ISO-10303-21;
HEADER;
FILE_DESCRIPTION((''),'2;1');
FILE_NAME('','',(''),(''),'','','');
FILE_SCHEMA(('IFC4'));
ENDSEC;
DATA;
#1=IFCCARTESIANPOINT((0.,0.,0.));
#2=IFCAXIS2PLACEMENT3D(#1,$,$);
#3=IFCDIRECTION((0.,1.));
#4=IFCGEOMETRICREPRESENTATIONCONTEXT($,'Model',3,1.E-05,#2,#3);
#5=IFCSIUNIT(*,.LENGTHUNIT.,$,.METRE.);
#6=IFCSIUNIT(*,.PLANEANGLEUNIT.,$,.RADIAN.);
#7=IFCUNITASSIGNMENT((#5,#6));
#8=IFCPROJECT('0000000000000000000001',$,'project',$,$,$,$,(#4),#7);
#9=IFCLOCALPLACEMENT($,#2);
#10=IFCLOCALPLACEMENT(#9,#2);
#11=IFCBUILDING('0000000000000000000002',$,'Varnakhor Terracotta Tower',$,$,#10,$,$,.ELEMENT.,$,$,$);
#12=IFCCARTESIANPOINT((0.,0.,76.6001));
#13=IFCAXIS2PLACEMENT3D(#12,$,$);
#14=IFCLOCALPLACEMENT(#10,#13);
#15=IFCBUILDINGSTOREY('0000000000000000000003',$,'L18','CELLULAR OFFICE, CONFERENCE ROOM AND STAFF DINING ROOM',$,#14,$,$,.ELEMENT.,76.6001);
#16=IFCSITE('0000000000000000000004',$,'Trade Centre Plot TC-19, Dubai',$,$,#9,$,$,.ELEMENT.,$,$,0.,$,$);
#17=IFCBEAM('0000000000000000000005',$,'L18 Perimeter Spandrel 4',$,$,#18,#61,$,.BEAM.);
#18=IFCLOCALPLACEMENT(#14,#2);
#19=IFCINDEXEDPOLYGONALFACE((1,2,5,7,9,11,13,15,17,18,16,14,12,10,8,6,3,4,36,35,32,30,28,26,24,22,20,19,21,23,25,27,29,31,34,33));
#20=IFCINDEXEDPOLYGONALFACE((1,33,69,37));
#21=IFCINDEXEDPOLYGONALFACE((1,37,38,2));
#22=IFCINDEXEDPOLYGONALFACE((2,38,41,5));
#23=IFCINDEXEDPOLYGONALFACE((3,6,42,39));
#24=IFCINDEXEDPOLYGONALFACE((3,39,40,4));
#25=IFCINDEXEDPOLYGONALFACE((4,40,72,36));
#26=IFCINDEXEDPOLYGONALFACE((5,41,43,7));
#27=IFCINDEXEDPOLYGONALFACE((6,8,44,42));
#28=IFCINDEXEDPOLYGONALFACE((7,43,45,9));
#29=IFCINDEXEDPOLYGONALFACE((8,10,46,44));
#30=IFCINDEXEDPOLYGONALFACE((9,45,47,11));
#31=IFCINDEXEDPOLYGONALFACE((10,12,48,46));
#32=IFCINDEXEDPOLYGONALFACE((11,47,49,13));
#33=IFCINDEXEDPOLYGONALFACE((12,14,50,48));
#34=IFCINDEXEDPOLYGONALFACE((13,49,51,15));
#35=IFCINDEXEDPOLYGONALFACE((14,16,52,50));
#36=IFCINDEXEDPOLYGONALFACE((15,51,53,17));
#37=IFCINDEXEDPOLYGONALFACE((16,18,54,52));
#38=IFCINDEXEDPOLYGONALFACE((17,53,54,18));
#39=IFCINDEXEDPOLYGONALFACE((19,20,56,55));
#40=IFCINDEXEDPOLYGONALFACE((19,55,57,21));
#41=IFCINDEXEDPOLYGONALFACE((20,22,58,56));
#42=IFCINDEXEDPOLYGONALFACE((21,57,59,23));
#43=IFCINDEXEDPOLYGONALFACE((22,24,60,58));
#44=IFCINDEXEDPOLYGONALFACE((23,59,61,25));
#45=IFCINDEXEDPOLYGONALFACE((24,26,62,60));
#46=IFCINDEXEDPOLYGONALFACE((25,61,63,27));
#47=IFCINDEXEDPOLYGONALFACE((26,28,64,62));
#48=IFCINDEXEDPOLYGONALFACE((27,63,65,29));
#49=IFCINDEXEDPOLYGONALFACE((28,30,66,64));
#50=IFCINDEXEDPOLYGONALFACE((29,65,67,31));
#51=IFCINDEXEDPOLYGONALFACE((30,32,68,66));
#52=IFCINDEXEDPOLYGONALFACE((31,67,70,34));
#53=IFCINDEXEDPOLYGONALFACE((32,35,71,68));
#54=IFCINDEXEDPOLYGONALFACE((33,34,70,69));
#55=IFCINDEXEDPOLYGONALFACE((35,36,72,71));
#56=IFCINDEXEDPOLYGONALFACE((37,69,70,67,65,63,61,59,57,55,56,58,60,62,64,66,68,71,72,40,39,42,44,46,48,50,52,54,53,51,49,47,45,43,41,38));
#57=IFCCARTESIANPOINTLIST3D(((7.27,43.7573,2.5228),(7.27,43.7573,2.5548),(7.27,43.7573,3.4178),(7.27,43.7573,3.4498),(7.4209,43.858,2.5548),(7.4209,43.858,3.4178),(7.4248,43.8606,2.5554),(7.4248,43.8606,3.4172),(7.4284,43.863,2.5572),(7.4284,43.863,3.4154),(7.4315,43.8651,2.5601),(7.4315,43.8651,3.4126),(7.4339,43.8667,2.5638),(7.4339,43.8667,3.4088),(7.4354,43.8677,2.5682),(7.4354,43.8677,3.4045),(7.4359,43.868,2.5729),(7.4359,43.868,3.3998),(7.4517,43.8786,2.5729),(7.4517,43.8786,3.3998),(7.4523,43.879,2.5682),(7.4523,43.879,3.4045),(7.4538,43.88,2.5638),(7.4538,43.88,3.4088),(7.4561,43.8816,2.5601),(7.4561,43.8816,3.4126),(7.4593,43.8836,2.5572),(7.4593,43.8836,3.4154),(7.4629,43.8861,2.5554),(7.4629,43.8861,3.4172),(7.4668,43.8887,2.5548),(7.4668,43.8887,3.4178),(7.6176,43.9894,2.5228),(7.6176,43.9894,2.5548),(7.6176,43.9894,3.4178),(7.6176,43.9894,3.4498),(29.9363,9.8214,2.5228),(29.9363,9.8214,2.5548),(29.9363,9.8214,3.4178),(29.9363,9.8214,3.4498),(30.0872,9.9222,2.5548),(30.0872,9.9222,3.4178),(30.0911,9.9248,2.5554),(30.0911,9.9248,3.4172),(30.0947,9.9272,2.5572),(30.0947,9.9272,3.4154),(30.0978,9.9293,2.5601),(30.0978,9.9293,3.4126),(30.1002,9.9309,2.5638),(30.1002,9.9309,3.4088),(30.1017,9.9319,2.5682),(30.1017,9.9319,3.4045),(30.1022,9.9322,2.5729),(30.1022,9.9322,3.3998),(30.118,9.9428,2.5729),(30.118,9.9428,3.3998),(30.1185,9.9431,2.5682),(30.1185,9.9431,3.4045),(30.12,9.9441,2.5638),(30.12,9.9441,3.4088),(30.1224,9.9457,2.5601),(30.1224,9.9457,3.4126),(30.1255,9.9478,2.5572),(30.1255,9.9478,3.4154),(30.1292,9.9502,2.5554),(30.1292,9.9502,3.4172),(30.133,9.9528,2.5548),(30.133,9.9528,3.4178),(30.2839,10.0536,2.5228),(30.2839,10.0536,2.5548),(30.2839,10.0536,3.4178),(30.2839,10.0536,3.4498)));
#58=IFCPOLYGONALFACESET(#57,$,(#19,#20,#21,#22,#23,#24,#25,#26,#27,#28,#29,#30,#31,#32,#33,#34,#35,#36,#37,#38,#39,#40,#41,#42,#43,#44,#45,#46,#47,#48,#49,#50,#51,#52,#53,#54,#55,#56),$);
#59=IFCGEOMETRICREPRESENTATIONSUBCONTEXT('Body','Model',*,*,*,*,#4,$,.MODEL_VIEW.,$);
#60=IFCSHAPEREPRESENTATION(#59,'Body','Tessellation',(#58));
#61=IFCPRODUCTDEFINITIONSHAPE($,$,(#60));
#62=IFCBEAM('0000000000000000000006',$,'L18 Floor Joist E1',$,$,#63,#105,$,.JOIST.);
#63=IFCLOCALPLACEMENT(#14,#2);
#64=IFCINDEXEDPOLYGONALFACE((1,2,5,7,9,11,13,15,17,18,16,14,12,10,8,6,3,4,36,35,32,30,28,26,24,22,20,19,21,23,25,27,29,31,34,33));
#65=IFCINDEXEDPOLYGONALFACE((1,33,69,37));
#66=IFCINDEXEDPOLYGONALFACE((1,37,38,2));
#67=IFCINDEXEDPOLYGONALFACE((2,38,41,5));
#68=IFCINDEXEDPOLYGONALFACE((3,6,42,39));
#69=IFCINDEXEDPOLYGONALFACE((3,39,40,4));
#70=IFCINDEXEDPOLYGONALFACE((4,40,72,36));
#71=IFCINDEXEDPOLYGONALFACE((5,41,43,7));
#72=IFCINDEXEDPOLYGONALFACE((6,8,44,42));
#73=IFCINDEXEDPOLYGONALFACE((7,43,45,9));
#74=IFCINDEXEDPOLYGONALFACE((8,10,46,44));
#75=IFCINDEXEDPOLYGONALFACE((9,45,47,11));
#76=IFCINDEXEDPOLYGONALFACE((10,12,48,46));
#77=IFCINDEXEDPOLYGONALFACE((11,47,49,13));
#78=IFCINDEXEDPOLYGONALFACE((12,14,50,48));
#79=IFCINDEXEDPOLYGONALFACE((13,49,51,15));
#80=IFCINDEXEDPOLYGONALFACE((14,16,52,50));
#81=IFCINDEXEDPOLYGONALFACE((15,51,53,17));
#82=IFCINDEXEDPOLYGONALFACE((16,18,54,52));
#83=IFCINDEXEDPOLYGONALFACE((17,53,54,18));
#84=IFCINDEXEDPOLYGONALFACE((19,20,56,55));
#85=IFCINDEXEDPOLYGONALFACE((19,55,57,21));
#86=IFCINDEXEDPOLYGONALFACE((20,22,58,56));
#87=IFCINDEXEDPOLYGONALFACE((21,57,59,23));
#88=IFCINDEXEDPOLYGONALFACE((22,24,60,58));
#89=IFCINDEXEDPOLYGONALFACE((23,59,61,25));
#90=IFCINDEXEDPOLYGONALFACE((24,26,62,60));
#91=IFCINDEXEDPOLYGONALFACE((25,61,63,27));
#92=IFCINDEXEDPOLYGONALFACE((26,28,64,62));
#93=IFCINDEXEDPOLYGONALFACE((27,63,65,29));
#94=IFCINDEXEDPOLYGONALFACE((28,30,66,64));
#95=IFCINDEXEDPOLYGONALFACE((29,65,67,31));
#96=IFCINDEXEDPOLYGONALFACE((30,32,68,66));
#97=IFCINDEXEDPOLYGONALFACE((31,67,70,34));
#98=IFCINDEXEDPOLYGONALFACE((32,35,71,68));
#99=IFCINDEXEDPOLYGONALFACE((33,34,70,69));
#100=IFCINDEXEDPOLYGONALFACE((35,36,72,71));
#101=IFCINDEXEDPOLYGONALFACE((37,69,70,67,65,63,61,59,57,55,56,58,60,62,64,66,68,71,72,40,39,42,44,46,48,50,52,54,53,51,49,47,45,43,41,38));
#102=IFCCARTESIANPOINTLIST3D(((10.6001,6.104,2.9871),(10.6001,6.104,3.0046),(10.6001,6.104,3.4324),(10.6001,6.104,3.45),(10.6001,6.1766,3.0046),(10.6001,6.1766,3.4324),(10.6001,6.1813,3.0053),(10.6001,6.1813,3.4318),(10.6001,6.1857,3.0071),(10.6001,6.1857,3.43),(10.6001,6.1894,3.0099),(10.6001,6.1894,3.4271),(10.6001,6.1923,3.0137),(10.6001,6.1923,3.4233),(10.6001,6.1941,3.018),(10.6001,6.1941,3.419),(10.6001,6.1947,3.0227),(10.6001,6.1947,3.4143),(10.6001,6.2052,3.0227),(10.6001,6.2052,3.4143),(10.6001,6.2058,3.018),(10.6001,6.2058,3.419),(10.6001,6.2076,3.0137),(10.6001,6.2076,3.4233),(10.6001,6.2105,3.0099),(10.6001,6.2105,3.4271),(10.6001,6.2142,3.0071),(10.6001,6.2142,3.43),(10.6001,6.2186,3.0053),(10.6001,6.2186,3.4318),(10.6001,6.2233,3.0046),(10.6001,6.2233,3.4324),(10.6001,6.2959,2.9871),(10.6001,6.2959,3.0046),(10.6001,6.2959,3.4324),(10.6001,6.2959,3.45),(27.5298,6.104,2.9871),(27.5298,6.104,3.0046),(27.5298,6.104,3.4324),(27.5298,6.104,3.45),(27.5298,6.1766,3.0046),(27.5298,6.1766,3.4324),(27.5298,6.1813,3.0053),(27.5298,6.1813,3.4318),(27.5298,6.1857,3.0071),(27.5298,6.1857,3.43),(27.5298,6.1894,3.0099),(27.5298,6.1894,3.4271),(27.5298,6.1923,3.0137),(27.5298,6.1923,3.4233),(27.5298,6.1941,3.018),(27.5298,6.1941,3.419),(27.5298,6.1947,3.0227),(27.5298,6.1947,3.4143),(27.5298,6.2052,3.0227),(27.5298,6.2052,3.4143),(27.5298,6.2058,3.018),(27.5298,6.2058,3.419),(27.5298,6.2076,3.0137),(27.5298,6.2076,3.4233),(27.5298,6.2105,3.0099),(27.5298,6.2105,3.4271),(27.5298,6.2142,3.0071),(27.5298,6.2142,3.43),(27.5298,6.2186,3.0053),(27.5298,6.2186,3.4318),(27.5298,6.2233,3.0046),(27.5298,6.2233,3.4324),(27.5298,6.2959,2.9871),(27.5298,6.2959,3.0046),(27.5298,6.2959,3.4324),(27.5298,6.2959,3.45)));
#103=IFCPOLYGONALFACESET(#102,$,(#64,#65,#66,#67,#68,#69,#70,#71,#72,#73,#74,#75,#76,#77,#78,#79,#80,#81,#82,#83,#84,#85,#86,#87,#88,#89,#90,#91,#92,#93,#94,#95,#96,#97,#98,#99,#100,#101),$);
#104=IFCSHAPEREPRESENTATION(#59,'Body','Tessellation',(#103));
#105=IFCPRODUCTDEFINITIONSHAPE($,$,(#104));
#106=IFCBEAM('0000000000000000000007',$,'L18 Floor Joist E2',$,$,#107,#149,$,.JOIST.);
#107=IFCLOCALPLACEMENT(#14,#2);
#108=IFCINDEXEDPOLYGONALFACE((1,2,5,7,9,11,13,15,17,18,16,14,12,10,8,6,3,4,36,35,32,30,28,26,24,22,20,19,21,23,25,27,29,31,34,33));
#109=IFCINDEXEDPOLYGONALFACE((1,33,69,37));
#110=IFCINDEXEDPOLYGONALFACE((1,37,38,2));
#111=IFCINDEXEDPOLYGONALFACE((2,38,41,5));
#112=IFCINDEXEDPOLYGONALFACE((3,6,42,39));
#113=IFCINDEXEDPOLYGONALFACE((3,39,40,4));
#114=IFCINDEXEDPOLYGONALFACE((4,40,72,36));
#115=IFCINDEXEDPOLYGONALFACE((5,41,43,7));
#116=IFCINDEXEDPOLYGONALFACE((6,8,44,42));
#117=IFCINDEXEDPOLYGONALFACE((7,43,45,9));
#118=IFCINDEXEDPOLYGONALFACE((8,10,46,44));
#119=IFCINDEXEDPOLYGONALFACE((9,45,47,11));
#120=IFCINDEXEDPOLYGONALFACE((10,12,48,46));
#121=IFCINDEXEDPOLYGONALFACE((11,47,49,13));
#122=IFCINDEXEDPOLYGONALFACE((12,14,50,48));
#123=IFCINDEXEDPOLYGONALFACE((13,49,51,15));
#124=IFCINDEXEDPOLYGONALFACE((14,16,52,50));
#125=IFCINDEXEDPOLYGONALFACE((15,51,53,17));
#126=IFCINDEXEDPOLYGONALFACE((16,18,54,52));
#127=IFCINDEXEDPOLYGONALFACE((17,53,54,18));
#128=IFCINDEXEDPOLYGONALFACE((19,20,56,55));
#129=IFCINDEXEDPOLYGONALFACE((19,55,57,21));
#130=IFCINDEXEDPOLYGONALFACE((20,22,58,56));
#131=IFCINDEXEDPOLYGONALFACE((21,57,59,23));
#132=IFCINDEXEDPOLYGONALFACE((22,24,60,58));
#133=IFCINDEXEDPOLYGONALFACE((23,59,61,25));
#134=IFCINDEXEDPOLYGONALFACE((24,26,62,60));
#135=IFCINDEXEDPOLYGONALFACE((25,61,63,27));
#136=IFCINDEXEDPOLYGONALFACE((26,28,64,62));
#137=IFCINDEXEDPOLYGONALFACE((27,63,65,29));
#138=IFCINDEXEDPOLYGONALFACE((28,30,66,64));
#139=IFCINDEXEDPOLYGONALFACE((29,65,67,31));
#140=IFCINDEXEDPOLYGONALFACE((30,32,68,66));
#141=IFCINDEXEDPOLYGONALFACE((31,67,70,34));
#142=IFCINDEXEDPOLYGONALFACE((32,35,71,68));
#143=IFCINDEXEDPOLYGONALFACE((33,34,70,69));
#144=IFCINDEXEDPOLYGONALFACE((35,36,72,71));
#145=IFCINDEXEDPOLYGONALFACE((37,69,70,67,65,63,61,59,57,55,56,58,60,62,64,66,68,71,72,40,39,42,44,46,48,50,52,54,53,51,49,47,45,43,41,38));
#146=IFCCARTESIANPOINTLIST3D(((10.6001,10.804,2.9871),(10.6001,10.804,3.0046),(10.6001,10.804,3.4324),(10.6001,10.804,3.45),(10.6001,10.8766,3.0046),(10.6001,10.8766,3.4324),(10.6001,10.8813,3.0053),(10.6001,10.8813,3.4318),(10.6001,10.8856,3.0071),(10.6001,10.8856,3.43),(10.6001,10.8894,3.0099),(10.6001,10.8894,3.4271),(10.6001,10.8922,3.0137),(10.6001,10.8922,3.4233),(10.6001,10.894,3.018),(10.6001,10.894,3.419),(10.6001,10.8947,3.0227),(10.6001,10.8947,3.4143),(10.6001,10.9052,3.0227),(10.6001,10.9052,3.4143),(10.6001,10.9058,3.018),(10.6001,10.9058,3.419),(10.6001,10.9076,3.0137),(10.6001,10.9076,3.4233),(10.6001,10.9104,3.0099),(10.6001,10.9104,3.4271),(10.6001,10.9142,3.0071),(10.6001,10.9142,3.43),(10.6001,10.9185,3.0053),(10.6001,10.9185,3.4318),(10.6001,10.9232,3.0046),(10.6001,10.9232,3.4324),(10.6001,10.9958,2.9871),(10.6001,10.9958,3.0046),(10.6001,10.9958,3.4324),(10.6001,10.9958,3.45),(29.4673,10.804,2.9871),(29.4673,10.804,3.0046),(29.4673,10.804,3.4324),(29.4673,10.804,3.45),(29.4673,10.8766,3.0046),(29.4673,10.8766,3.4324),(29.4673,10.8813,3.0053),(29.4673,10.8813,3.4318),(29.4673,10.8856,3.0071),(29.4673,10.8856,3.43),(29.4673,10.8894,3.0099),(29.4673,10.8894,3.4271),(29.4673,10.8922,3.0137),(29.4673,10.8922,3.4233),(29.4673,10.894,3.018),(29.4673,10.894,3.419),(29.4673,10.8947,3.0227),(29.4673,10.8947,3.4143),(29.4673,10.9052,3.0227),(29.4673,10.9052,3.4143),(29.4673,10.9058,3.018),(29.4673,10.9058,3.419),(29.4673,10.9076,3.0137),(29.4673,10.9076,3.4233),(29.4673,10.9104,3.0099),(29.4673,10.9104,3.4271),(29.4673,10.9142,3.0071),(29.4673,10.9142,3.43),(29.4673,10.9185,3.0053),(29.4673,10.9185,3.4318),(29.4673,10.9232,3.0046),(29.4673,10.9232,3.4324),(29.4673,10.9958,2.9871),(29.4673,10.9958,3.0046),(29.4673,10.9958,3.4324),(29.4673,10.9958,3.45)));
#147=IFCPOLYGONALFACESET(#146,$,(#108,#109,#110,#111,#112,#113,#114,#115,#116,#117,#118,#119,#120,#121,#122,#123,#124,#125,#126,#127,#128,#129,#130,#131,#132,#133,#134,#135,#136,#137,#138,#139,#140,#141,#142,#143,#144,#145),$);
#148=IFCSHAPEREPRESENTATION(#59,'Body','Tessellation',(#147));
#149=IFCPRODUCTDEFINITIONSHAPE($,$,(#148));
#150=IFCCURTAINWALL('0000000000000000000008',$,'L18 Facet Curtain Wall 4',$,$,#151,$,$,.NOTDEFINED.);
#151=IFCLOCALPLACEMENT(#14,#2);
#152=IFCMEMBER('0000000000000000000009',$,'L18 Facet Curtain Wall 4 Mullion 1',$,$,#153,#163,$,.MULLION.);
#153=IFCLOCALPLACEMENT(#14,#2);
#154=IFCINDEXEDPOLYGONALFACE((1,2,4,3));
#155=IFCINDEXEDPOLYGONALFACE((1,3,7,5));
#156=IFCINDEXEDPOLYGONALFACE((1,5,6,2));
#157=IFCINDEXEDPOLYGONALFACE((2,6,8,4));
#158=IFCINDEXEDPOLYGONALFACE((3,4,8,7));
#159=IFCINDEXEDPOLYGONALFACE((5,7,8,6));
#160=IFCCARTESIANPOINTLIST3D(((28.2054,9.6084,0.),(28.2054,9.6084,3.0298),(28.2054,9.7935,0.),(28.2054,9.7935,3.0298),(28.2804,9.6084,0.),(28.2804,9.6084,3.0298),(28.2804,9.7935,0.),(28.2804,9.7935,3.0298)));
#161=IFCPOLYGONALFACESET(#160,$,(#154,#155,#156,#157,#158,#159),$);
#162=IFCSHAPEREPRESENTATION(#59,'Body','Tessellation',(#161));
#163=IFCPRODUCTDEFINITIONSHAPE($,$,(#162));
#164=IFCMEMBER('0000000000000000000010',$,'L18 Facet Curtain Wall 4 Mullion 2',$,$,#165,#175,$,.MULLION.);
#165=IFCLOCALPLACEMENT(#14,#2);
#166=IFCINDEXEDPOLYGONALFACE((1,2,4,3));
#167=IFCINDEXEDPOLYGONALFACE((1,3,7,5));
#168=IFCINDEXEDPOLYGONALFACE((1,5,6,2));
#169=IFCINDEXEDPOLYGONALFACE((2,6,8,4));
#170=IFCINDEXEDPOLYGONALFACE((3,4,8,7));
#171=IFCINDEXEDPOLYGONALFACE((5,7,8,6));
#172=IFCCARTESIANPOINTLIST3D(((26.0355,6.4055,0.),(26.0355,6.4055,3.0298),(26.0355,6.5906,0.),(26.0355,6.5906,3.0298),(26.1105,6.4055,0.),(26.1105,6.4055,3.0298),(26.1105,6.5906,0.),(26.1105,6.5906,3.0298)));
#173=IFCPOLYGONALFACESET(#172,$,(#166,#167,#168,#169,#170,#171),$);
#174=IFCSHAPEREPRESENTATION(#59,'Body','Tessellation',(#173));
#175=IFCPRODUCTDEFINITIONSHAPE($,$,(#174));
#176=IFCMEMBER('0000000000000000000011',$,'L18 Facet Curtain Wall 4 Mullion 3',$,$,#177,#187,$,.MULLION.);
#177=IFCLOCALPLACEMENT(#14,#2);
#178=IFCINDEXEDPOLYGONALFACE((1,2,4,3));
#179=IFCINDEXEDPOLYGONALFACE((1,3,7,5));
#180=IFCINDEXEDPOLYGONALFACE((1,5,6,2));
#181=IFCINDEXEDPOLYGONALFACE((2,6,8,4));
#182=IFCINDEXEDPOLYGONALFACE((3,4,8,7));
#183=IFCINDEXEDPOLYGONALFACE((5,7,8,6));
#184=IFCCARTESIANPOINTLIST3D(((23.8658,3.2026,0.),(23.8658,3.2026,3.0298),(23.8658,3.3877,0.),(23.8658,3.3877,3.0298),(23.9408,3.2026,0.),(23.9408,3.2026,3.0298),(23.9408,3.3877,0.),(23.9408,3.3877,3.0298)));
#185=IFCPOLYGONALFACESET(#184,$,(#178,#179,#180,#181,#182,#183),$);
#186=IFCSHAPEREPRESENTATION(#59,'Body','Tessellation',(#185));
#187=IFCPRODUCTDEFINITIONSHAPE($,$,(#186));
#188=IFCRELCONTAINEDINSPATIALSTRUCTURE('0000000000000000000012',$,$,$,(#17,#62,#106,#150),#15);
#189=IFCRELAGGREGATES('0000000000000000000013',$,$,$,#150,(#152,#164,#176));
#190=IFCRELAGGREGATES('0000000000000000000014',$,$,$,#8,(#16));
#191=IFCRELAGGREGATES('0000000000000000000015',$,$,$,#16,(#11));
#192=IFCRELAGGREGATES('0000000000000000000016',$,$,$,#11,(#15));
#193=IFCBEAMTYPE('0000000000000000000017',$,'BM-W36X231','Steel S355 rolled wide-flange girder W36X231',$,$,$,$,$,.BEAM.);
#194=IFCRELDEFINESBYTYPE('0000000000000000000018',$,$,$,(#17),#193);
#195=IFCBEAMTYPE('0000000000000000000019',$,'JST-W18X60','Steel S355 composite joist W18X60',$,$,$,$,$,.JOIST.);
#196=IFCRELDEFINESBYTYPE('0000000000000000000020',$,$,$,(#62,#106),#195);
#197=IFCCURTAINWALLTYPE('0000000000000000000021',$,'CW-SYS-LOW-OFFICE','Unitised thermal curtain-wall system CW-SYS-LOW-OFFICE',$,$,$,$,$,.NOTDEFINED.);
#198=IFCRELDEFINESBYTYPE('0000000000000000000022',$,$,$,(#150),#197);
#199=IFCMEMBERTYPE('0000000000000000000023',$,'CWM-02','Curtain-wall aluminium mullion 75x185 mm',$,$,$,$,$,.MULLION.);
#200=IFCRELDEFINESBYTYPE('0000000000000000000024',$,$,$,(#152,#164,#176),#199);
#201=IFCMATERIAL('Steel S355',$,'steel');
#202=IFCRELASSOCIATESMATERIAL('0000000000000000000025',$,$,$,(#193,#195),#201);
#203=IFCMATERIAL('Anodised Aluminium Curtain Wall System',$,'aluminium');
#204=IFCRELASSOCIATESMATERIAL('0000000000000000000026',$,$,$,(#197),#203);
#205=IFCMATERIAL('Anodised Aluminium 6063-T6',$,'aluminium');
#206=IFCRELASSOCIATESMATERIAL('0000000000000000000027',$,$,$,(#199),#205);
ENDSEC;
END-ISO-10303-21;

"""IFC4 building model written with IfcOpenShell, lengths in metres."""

from ifc_helpers import new_model, si_unit, direction, frame, origin, origin_2d, place, context, subcontext, project, spatial, rectangle, i_section, extrude, source, transform, mapped, material, material_profile, profile_set, type_object, element, aggregate, save


model = new_model("IFC4")

# Units and contexts
model_context = context("Model", 3, precision=1e-05, world=origin(), true_north=direction((0.0, 1.0)))
body_context = subcontext(model_context, "Body", "Model", "MODEL_VIEW")
ifc_project = project(units=[si_unit("LENGTHUNIT", "METRE"), si_unit("PLANEANGLEUNIT", "RADIAN")], contexts=[model_context])

# Site, building, storey
site_placement = place(None, origin())
site = spatial("IfcSite", under=ifc_project, at=site_placement, Name="Trade Centre Plot TC-19, Dubai", CompositionType="ELEMENT", RefElevation=0.0)
building_placement = place(site_placement, origin())
building = spatial("IfcBuilding", under=site, at=building_placement, Name="Varnakhor Terracotta Tower", CompositionType="ELEMENT")
storey_placement = place(building_placement, frame((0.0, 0.0, 76.6001)))
storey = spatial("IfcBuildingStorey", under=building, at=storey_placement, Name="L18", Description="CELLULAR OFFICE, CONFERENCE ROOM AND STAFF DINING ROOM", CompositionType="ELEMENT", Elevation=76.6001)

# Beams
ifc_material_1 = material(Name="Steel S355", Category="steel")
ifc_material_profile_1 = material_profile(ifc_material_1, i_section(OverallWidth=0.418, OverallDepth=0.927, WebThickness=0.019, FlangeThickness=0.032, FilletRadius=0.0181, at=origin_2d()), Name="W36X231")
ifc_profile_set_1 = profile_set([ifc_material_profile_1], Name="Steel S355")
beam_type_1 = type_object("IfcBeamType", Name="BM-W36X231", Description="Steel S355 rolled wide-flange girder W36X231", PredefinedType="BEAM", material=ifc_profile_set_1)
shared_shape_1 = source(origin(), body_context, "Body", "SweptSolid", [
    extrude(i_section(OverallWidth=0.418, OverallDepth=0.927, WebThickness=0.019, FlangeThickness=0.032, FilletRadius=0.0181, at=origin_2d()), origin(), (0.0, 0.0, 1.0), 40.8093),
])
beam_1_placement = place(storey_placement, frame((30.1101, 9.9375, 2.9863), z_axis=(-0.555419, 0.83157, 0.0), x_axis=(-0.83157, -0.555419, 0.0)))
element("IfcBeam", 1, at=beam_1_placement, inside=storey, type_object=beam_type_1, Name="L18 Perimeter Spandrel 4", PredefinedType="BEAM", context=body_context, shape_type="MappedRepresentation", body=[
    mapped(shared_shape_1, transform((0.0, 0.0, 0.0), scale=1.0)),
])
ifc_material_profile_2 = material_profile(ifc_material_1, i_section(OverallWidth=0.1919, OverallDepth=0.4629, WebThickness=0.0105, FlangeThickness=0.0176, FilletRadius=0.0181, at=origin_2d()), Name="W18X60")
ifc_profile_set_2 = profile_set([ifc_material_profile_2], Name="Steel S355")
beam_type_2 = type_object("IfcBeamType", Name="JST-W18X60", Description="Steel S355 composite joist W18X60", PredefinedType="JOIST", material=ifc_profile_set_2)
shared_shape_2 = source(origin(), body_context, "Body", "SweptSolid", [
    extrude(i_section(OverallWidth=0.1919, OverallDepth=0.4629, WebThickness=0.0105, FlangeThickness=0.0176, FilletRadius=0.0181, at=origin_2d()), origin(), (0.0, 0.0, 1.0), 16.9297),
])
beam_2_placement = place(storey_placement, frame((10.6001, 6.2, 3.2185), z_axis=(1.0, 0.0, 0.0), x_axis=(0.0, 1.0, 0.0)))
element("IfcBeam", 2, at=beam_2_placement, inside=storey, type_object=beam_type_2, Name="L18 Floor Joist E1", PredefinedType="JOIST", context=body_context, shape_type="MappedRepresentation", body=[
    mapped(shared_shape_2, transform((0.0, 0.0, 0.0), scale=1.0)),
])
shared_shape_3 = source(origin(), body_context, "Body", "SweptSolid", [
    extrude(i_section(OverallWidth=0.1919, OverallDepth=0.4629, WebThickness=0.0105, FlangeThickness=0.0176, FilletRadius=0.0181, at=origin_2d()), origin(), (0.0, 0.0, 1.0), 18.8672),
])
beam_3_placement = place(storey_placement, frame((10.6001, 10.8999, 3.2185), z_axis=(1.0, 0.0, 0.0), x_axis=(0.0, 1.0, 0.0)))
element("IfcBeam", 3, at=beam_3_placement, inside=storey, type_object=beam_type_2, Name="L18 Floor Joist E2", PredefinedType="JOIST", context=body_context, shape_type="MappedRepresentation", body=[
    mapped(shared_shape_3, transform((0.0, 0.0, 0.0), scale=1.0)),
])

# Curtain wall, members
ifc_material_2 = material(Name="Anodised Aluminium Curtain Wall System", Category="aluminium")
curtain_wall_type = type_object("IfcCurtainWallType", Name="CW-SYS-LOW-OFFICE", Description="Unitised thermal curtain-wall system CW-SYS-LOW-OFFICE", PredefinedType="NOTDEFINED", material=ifc_material_2)
curtain_wall_1_placement = place(storey_placement, origin())
curtain_wall_1 = element("IfcCurtainWall", 4, at=curtain_wall_1_placement, inside=storey, type_object=curtain_wall_type, Name="L18 Facet Curtain Wall 4", PredefinedType="NOTDEFINED")
ifc_material_3 = material(Name="Anodised Aluminium 6063-T6", Category="aluminium")
ifc_material_profile_3 = material_profile(ifc_material_3, rectangle(XDim=0.075, YDim=0.1851, at=origin_2d()), Name="ALU MULLION 75x185")
ifc_profile_set_3 = profile_set([ifc_material_profile_3], Name="Anodised Aluminium 6063-T6")
member_type_1 = type_object("IfcMemberType", Name="CWM-02", Description="Curtain-wall aluminium mullion 75x185 mm", PredefinedType="MULLION", material=ifc_profile_set_3)
shared_shape_4 = source(origin(), body_context, "Body", "SweptSolid", [
    extrude(rectangle(XDim=0.075, YDim=0.1851, at=origin_2d()), origin(), (0.0, 0.0, 1.0), 3.0298),
])
member_1_placement = place(storey_placement, frame((28.2429, 9.7009, 0.0), z_axis=(0.0, 0.0, 1.0), x_axis=(1.0, 0.0, 0.0)))
member_1 = element("IfcMember", 5, at=member_1_placement, type_object=member_type_1, Name="L18 Facet Curtain Wall 4 Mullion 1", PredefinedType="MULLION", context=body_context, shape_type="MappedRepresentation", body=[
    mapped(shared_shape_4, transform((0.0, 0.0, 0.0), scale=1.0)),
])
member_2_placement = place(storey_placement, frame((26.073, 6.498, 0.0), z_axis=(0.0, 0.0, 1.0), x_axis=(1.0, 0.0, 0.0)))
member_2 = element("IfcMember", 6, at=member_2_placement, type_object=member_type_1, Name="L18 Facet Curtain Wall 4 Mullion 2", PredefinedType="MULLION", context=body_context, shape_type="MappedRepresentation", body=[
    mapped(shared_shape_4, transform((0.0, 0.0, 0.0), scale=1.0)),
])
member_3_placement = place(storey_placement, frame((23.9033, 3.2952, 0.0), z_axis=(0.0, 0.0, 1.0), x_axis=(1.0, 0.0, 0.0)))
member_3 = element("IfcMember", 7, at=member_3_placement, type_object=member_type_1, Name="L18 Facet Curtain Wall 4 Mullion 3", PredefinedType="MULLION", context=body_context, shape_type="MappedRepresentation", body=[
    mapped(shared_shape_4, transform((0.0, 0.0, 0.0), scale=1.0)),
])

aggregate(curtain_wall_1, [member_1, member_2, member_3])

save(model, "model.ifc")
